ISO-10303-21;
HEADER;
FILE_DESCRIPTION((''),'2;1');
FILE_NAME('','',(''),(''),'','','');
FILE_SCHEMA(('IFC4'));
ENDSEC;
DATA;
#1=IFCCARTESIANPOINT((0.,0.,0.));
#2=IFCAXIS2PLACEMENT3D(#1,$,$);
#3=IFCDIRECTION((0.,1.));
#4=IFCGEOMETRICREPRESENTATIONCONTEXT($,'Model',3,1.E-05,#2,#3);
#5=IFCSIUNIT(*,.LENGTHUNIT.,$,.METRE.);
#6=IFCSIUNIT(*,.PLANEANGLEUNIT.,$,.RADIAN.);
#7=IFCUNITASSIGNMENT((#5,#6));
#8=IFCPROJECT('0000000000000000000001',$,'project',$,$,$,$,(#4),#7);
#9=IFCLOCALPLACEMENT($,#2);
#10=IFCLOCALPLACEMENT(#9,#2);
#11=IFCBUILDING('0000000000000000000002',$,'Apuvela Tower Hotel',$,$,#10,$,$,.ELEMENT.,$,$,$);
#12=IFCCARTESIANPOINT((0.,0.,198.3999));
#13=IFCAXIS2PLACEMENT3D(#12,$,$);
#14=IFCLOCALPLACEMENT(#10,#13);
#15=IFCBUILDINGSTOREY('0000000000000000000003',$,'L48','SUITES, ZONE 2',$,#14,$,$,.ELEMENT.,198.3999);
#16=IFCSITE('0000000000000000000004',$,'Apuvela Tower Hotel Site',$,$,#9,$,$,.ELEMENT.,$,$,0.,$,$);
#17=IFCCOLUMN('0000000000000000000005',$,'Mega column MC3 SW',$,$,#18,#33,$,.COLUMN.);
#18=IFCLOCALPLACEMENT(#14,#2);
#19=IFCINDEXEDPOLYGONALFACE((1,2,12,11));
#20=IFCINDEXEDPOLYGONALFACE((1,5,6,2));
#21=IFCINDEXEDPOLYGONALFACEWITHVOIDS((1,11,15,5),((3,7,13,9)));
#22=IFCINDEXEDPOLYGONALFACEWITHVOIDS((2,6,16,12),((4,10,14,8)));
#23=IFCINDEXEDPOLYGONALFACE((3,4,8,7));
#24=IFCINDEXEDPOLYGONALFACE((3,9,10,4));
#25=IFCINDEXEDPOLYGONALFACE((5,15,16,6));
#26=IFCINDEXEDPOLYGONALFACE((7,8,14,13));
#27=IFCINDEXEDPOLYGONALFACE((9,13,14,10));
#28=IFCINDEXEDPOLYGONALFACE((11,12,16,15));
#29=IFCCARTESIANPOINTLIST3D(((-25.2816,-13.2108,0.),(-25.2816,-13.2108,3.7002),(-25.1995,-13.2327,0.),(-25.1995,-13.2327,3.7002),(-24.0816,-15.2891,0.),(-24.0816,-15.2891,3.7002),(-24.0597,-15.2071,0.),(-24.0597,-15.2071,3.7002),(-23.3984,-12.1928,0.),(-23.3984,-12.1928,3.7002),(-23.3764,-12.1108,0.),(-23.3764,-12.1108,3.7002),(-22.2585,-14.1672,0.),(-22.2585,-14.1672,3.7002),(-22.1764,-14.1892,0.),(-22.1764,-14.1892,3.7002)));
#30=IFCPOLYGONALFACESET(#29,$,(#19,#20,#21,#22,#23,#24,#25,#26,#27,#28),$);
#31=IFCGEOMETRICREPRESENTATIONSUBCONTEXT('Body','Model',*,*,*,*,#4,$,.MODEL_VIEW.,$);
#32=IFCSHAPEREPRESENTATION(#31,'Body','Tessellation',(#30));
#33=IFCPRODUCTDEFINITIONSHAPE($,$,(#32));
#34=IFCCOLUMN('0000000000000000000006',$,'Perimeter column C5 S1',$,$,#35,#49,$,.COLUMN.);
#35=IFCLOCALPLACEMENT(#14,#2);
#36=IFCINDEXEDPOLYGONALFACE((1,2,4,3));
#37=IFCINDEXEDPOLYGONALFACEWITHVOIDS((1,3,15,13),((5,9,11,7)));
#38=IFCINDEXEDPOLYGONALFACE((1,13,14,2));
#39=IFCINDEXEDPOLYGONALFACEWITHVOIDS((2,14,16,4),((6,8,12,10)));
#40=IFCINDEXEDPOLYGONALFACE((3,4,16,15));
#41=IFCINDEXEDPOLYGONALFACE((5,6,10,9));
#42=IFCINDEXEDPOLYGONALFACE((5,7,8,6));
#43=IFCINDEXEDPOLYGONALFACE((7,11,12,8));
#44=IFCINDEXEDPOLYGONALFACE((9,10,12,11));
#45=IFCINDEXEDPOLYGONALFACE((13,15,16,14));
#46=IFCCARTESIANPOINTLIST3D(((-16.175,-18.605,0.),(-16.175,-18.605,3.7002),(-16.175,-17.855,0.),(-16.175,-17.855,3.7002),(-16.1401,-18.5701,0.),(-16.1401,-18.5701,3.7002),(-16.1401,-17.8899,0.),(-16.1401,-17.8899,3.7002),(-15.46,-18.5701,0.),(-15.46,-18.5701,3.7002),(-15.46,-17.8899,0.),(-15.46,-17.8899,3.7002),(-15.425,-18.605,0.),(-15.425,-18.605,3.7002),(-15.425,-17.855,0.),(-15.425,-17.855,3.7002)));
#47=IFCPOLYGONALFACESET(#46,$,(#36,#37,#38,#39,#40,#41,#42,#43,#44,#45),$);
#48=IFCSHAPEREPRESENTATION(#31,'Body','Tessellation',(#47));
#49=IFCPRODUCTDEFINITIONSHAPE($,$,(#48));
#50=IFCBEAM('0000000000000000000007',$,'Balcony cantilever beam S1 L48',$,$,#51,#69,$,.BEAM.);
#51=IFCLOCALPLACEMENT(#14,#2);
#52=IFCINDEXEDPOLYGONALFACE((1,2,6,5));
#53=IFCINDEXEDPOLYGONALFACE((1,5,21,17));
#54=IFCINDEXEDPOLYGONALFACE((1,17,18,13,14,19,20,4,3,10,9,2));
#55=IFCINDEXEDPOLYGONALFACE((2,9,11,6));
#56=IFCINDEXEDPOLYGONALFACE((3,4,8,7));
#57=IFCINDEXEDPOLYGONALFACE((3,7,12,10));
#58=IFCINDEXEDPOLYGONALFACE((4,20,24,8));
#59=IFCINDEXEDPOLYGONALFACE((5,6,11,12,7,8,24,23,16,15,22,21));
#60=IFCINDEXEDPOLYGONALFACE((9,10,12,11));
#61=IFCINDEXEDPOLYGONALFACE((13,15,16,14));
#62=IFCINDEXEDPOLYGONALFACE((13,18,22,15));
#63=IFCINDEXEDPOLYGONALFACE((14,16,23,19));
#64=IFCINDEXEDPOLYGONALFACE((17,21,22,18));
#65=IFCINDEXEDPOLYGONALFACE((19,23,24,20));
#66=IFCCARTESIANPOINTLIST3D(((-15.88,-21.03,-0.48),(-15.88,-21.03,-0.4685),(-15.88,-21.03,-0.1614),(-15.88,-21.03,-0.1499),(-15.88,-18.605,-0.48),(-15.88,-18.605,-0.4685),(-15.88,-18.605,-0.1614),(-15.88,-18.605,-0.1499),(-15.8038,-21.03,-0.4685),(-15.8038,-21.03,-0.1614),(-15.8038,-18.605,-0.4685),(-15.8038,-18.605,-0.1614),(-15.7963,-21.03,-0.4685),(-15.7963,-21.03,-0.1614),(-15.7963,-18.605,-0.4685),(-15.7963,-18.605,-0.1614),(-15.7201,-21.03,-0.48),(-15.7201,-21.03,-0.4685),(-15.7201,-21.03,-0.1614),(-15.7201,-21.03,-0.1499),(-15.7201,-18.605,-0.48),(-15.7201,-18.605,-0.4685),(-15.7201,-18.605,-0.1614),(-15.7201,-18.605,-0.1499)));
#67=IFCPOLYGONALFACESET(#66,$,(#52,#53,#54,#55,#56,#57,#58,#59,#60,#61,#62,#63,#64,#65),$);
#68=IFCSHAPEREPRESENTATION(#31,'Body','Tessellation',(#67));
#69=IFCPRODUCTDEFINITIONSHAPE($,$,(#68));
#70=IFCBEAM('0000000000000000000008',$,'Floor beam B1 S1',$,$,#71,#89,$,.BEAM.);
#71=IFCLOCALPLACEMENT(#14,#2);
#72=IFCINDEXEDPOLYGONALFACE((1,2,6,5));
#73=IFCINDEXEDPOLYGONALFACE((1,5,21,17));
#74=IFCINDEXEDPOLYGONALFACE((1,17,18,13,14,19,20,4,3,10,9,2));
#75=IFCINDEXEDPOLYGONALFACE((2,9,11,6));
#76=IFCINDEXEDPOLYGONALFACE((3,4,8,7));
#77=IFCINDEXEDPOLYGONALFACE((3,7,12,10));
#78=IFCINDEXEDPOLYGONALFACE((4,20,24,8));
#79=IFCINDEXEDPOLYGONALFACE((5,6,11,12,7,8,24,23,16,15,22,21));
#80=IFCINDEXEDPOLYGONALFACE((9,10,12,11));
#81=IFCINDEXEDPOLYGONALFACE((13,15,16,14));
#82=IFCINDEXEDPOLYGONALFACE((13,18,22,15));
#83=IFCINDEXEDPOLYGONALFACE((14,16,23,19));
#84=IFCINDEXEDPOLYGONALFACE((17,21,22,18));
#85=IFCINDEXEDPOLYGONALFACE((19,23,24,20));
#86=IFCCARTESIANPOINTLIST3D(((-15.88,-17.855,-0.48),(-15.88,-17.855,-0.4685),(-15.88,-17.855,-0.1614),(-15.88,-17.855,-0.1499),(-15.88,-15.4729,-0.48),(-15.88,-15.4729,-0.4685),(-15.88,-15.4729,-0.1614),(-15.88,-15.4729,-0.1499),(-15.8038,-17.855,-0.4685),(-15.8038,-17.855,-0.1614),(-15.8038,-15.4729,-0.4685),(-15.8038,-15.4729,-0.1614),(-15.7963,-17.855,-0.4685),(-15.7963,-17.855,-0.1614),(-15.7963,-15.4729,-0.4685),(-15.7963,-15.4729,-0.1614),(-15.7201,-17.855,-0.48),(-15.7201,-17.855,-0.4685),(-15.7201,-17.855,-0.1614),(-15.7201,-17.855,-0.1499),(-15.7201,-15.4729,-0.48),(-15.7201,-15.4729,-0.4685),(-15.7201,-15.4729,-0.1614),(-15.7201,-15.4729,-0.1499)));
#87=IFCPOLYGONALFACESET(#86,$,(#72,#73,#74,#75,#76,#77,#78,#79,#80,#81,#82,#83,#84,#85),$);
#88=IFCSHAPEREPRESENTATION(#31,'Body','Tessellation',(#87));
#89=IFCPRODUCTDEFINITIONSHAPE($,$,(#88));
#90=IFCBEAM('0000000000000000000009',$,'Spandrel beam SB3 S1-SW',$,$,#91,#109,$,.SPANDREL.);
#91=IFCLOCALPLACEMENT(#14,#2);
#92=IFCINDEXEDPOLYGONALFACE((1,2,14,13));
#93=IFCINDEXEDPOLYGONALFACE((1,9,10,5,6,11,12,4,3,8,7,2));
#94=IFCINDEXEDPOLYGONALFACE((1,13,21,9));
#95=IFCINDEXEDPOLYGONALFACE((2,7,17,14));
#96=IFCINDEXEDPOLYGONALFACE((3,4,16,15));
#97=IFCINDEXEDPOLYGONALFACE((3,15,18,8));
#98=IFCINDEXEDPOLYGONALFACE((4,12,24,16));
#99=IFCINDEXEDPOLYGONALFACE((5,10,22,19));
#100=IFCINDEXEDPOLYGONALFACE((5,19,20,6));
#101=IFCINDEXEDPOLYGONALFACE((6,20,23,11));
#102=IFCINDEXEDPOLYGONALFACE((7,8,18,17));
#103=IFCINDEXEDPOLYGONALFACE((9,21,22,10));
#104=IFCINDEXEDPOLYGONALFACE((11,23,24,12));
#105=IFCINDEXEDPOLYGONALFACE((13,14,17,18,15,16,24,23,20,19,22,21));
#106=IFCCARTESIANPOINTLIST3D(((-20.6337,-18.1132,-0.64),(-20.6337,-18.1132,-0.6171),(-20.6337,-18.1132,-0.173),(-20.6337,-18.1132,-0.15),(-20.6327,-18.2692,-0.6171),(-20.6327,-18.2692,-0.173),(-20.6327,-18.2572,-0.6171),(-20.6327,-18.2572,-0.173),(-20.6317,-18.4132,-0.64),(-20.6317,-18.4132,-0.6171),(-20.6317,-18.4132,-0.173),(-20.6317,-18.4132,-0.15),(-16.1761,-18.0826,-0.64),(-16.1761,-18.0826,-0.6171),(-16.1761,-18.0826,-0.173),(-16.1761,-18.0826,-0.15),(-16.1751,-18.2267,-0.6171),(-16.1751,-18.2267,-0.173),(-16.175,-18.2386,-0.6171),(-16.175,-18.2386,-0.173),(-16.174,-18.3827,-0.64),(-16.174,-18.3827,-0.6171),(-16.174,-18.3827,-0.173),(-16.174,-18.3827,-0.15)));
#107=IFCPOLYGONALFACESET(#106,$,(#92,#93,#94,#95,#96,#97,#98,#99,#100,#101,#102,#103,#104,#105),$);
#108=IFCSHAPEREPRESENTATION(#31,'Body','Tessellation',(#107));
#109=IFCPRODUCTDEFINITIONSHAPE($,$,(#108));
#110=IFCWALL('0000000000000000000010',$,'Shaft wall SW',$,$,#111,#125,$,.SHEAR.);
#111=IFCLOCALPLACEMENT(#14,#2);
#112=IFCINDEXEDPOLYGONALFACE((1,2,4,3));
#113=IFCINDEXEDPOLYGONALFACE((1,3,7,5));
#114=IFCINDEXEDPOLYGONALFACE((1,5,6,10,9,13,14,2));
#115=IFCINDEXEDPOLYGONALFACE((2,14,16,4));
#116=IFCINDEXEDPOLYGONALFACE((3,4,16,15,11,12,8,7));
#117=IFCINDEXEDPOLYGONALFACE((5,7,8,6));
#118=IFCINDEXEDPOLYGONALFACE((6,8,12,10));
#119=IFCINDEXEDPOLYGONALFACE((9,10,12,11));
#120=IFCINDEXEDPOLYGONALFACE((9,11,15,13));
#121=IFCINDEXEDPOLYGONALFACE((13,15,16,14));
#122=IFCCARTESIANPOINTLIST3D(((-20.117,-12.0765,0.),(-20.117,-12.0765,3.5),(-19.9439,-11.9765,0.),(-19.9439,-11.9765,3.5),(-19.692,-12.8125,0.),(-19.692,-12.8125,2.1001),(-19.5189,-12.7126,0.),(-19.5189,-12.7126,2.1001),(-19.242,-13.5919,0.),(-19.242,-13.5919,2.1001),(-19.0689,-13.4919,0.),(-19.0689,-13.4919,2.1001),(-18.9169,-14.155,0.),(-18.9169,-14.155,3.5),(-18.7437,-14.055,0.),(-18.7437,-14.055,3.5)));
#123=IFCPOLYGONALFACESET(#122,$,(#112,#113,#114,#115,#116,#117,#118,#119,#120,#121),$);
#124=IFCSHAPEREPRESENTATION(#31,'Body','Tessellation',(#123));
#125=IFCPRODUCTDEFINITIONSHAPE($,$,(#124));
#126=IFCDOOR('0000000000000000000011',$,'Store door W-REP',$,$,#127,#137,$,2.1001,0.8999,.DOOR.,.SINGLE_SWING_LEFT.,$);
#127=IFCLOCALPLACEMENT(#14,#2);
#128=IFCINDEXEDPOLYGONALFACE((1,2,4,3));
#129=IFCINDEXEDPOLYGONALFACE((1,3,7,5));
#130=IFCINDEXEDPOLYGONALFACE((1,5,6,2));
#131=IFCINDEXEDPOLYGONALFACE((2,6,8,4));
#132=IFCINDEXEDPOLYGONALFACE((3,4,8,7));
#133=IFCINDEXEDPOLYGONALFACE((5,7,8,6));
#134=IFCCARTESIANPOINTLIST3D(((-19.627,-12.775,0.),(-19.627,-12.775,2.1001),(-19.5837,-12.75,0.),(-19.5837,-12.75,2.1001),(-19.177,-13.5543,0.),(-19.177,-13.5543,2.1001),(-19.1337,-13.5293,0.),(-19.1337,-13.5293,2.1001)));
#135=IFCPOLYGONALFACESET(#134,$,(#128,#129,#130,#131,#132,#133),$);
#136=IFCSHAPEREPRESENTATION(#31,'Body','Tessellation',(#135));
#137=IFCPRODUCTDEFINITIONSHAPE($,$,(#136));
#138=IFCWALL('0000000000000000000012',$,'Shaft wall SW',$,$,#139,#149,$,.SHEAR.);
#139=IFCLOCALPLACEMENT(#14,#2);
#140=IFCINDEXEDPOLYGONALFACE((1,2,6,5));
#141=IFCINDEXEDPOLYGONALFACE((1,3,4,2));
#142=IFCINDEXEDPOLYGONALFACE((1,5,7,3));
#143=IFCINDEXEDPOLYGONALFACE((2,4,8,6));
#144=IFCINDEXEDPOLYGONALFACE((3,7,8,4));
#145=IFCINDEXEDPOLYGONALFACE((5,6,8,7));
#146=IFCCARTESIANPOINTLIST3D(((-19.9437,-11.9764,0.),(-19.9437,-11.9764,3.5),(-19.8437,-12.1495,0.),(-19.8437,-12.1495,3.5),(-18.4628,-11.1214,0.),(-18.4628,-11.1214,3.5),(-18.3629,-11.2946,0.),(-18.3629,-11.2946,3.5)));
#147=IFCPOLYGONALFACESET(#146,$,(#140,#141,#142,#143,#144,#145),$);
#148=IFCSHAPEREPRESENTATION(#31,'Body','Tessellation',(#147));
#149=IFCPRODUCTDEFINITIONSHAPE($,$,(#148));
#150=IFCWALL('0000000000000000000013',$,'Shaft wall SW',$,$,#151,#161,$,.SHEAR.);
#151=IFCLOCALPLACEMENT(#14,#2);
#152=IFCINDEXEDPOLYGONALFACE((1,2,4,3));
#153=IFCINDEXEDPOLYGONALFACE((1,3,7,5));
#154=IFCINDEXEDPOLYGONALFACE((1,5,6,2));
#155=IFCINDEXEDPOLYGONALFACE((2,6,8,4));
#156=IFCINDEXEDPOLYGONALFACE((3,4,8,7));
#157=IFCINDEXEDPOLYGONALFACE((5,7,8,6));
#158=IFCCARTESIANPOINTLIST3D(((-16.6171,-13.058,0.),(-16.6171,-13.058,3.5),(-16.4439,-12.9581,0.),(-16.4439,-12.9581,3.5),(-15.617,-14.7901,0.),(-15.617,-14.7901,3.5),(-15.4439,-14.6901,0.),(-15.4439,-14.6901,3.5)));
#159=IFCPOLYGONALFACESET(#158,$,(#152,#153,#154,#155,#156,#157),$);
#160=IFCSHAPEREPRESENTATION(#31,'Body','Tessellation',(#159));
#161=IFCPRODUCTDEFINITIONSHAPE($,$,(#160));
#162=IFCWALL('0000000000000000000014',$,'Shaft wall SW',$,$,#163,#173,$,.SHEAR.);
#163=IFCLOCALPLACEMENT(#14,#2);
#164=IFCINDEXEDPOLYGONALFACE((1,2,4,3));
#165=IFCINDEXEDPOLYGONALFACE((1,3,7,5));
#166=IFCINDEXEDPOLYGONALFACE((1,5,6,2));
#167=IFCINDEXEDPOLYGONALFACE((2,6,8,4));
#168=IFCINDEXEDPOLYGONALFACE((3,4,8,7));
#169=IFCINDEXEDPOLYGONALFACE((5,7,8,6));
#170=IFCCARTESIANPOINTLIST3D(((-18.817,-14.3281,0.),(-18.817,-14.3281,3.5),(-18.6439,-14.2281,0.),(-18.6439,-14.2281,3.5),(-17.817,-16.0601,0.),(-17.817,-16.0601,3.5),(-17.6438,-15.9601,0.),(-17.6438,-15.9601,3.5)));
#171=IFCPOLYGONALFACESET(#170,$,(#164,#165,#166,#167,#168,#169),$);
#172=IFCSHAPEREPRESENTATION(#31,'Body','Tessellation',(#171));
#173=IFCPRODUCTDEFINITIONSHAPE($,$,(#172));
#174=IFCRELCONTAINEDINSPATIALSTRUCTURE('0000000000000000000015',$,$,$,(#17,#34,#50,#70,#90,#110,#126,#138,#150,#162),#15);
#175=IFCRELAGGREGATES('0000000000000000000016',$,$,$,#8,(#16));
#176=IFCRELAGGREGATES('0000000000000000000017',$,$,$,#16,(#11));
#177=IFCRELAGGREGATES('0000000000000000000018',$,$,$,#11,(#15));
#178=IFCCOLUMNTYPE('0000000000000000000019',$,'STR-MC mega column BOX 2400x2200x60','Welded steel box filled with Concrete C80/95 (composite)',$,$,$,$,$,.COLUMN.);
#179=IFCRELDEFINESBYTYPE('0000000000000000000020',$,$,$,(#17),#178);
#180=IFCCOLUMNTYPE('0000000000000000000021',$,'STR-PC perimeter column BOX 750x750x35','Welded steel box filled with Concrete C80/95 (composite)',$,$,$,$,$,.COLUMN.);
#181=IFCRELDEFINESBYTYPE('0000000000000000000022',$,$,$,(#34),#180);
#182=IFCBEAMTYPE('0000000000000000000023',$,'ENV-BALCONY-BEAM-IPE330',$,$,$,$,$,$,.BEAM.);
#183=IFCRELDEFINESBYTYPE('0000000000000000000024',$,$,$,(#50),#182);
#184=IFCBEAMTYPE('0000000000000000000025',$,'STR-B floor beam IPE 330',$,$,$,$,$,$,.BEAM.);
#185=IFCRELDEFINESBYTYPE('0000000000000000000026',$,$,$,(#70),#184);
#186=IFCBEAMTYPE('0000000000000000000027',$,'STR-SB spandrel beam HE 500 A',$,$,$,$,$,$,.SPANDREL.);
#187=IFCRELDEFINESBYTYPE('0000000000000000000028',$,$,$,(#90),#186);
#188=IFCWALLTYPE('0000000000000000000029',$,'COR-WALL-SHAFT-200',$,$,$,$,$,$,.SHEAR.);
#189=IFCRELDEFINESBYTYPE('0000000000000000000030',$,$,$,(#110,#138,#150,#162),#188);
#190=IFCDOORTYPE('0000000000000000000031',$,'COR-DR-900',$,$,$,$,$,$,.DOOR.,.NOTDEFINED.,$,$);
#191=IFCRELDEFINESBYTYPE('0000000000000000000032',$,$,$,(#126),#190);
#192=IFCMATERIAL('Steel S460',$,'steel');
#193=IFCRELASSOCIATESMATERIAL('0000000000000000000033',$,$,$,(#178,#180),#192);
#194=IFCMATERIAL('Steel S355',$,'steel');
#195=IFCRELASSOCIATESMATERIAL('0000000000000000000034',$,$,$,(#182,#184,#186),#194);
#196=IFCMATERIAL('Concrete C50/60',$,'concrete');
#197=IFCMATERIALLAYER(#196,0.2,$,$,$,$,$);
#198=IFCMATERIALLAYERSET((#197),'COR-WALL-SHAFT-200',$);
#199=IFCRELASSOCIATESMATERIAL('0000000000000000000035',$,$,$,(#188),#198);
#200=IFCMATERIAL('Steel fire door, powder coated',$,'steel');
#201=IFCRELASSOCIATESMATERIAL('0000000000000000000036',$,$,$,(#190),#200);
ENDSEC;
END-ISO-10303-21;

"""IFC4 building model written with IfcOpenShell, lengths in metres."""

from ifc_helpers import new_model, si_unit, direction, frame, frame_2d, origin, origin_2d, place, context, subcontext, project, spatial, rectangle, hollow_rectangle, i_section, extrude, material, layer, layer_set, material_profile, profile_set, type_object, element, fill, save


model = new_model("IFC4")

# Units and contexts
model_context = context("Model", 3, precision=1e-05, world=origin(), true_north=direction((0.0, 1.0)))
body_context = subcontext(model_context, "Body", "Model", "MODEL_VIEW")
ifc_project = project(units=[si_unit("LENGTHUNIT", "METRE"), si_unit("PLANEANGLEUNIT", "RADIAN")], contexts=[model_context])

# Site, building, storey
site_placement = place(None, origin())
site = spatial("IfcSite", under=ifc_project, at=site_placement, Name="Apuvela Tower Hotel Site", CompositionType="ELEMENT", RefElevation=0.0)
building_placement = place(site_placement, origin())
building = spatial("IfcBuilding", under=site, at=building_placement, Name="Apuvela Tower Hotel", CompositionType="ELEMENT")
storey_placement = place(building_placement, frame((0.0, 0.0, 198.3999)))
storey = spatial("IfcBuildingStorey", under=building, at=storey_placement, Name="L48", Description="SUITES, ZONE 2", CompositionType="ELEMENT", Elevation=198.3999)

# Columns
ifc_material_1 = material(Name="Steel S460", Category="steel")
ifc_material_profile_1 = material_profile(ifc_material_1, hollow_rectangle(XDim=2.3999, YDim=2.2, WallThickness=0.0601, at=origin_2d()), Name="BOX 2400x2200x60")
ifc_material_2 = material(Name="Concrete C80/95", Category="concrete")
ifc_material_profile_2 = material_profile(ifc_material_2, rectangle(XDim=2.28, YDim=2.0801, at=origin_2d()), Name="Concrete C80/95 infill")
ifc_profile_set_1 = profile_set([ifc_material_profile_1, ifc_material_profile_2], Name="Steel S460")
column_type_1 = type_object("IfcColumnType", Name="STR-MC mega column BOX 2400x2200x60", Description="Welded steel box filled with Concrete C80/95 (composite)", PredefinedType="COLUMN", material=ifc_profile_set_1)
column_1_placement = place(storey_placement, frame((-23.729, -13.7, 0.0), z_axis=(0.0, 0.0, 1.0), x_axis=(-0.5, 0.866025, 0.0)))
element("IfcColumn", 1, at=column_1_placement, inside=storey, type_object=column_type_1, Name="Mega column MC3 SW", PredefinedType="COLUMN", context=body_context, shape_type="SweptSolid", body=[
    extrude(hollow_rectangle(XDim=2.3999, YDim=2.2, WallThickness=0.0601, at=origin_2d()), origin(), (0.0, 0.0, 1.0), 3.7002),
])
ifc_material_profile_3 = material_profile(ifc_material_1, hollow_rectangle(XDim=0.75, YDim=0.75, WallThickness=0.0349, at=origin_2d()), Name="BOX 750x750x35")
ifc_material_profile_4 = material_profile(ifc_material_2, rectangle(XDim=0.6799, YDim=0.6799, at=origin_2d()), Name="Concrete C80/95 infill")
ifc_profile_set_2 = profile_set([ifc_material_profile_3, ifc_material_profile_4], Name="Steel S460")
column_type_2 = type_object("IfcColumnType", Name="STR-PC perimeter column BOX 750x750x35", Description="Welded steel box filled with Concrete C80/95 (composite)", PredefinedType="COLUMN", material=ifc_profile_set_2)
column_2_placement = place(storey_placement, frame((-15.8, -18.23, 0.0), z_axis=(0.0, 0.0, 1.0), x_axis=(-1.0, 0.0, 0.0)))
element("IfcColumn", 2, at=column_2_placement, inside=storey, type_object=column_type_2, Name="Perimeter column C5 S1", PredefinedType="COLUMN", context=body_context, shape_type="SweptSolid", body=[
    extrude(hollow_rectangle(XDim=0.75, YDim=0.75, WallThickness=0.0349, at=origin_2d()), origin(), (0.0, 0.0, 1.0), 3.7002),
])

# Beams
ifc_material_3 = material(Name="Steel S355", Category="steel")
ifc_material_profile_5 = material_profile(ifc_material_3, i_section(OverallWidth=0.1599, OverallDepth=0.3301, WebThickness=0.0076, FlangeThickness=0.0115, at=origin_2d()), Name="IPE 330")
ifc_profile_set_3 = profile_set([ifc_material_profile_5], Name="Steel S355")
beam_type_1 = type_object("IfcBeamType", Name="ENV-BALCONY-BEAM-IPE330", PredefinedType="BEAM", material=ifc_profile_set_3)
beam_1_placement = place(storey_placement, frame((-15.8, -18.605, -0.3149), z_axis=(0.0, -1.0, 0.0), x_axis=(1.0, 0.0, 0.0)))
element("IfcBeam", 3, at=beam_1_placement, inside=storey, type_object=beam_type_1, Name="Balcony cantilever beam S1 L48", PredefinedType="BEAM", context=body_context, shape_type="SweptSolid", body=[
    extrude(i_section(OverallWidth=0.1599, OverallDepth=0.3301, WebThickness=0.0076, FlangeThickness=0.0115, at=origin_2d()), origin(), (0.0, 0.0, 1.0), 2.425),
])
ifc_material_profile_6 = material_profile(ifc_material_3, i_section(OverallWidth=0.1599, OverallDepth=0.3301, WebThickness=0.0076, FlangeThickness=0.0115, at=origin_2d()), Name="IPE 330")
ifc_profile_set_4 = profile_set([ifc_material_profile_6], Name="Steel S355")
beam_type_2 = type_object("IfcBeamType", Name="STR-B floor beam IPE 330", PredefinedType="BEAM", material=ifc_profile_set_4)
beam_2_placement = place(storey_placement, frame((-15.8, -17.855, -0.3149), z_axis=(0.0, 1.0, 0.0), x_axis=(-1.0, 0.0, 0.0)))
element("IfcBeam", 4, at=beam_2_placement, inside=storey, type_object=beam_type_2, Name="Floor beam B1 S1", PredefinedType="BEAM", context=body_context, shape_type="SweptSolid", body=[
    extrude(i_section(OverallWidth=0.1599, OverallDepth=0.3301, WebThickness=0.0076, FlangeThickness=0.0115, at=origin_2d()), origin(), (0.0, 0.0, 1.0), 2.3821),
])
ifc_material_profile_7 = material_profile(ifc_material_3, i_section(OverallWidth=0.3, OverallDepth=0.49, WebThickness=0.012, FlangeThickness=0.0229, at=origin_2d()), Name="HE 500 A")
ifc_profile_set_5 = profile_set([ifc_material_profile_7], Name="Steel S355")
beam_type_3 = type_object("IfcBeamType", Name="STR-SB spandrel beam HE 500 A", PredefinedType="SPANDREL", material=ifc_profile_set_5)
beam_3_placement = place(storey_placement, frame((-16.175, -18.2327, -0.395), z_axis=(-0.999977, -0.006846, 0.0), x_axis=(0.006846, -0.999977, 0.0)))
element("IfcBeam", 5, at=beam_3_placement, inside=storey, type_object=beam_type_3, Name="Spandrel beam SB3 S1-SW", PredefinedType="SPANDREL", context=body_context, shape_type="SweptSolid", body=[
    extrude(i_section(OverallWidth=0.3, OverallDepth=0.49, WebThickness=0.012, FlangeThickness=0.0229, at=origin_2d()), origin(), (0.0, 0.0, 1.0), 4.4578),
])

# Wall, opening, door
ifc_material_4 = material(Name="Concrete C50/60", Category="concrete")
ifc_layer_1 = layer(ifc_material_4, 0.2)
ifc_layer_set_1 = layer_set([ifc_layer_1], Name="COR-WALL-SHAFT-200")
wall_type_1 = type_object("IfcWallType", Name="COR-WALL-SHAFT-200", PredefinedType="SHEAR", material=ifc_layer_set_1)
wall_1_placement = place(storey_placement, frame((-20.0305, -12.0264, 0.0), z_axis=(0.0, 0.0, 1.0), x_axis=(0.500034, -0.866006, 0.0)))
wall_1 = element("IfcWall", 6, at=wall_1_placement, inside=storey, type_object=wall_type_1, Name="Shaft wall SW", PredefinedType="SHEAR", context=body_context, shape_type="SweptSolid", body=[
    extrude(rectangle(XDim=2.4001, YDim=0.2, at=frame_2d((1.2002, 0.0))), origin(), (0.0, 0.0, 1.0), 3.5),
])
opening_1_placement = place(wall_1_placement, frame((0.8501, 0.0, 0.0)))
opening_1 = element("IfcOpeningElement", 7, at=opening_1_placement, cuts=wall_1, PredefinedType="OPENING", context=body_context, shape_type="SweptSolid", body=[
    extrude(rectangle(XDim=0.8999, YDim=2.1001, at=frame_2d((0.45, 1.05))), frame((0.0, 0.1099, 0.0), z_axis=(0.0, -1.0, 0.0), x_axis=(1.0, 0.0, 0.0)), (0.0, 0.0, 1.0), 0.22),
])
ifc_material_5 = material(Name="Steel fire door, powder coated", Category="steel")
door_type_1 = type_object("IfcDoorType", Name="COR-DR-900", OperationType="NOTDEFINED", PredefinedType="DOOR", material=ifc_material_5)
door_1_placement = place(opening_1_placement, frame((0.8999, 0.0, 0.0), z_axis=(0.0, 0.0, 1.0), x_axis=(-1.0, 0.0, 0.0)))
door_1 = element("IfcDoor", 8, at=door_1_placement, inside=storey, type_object=door_type_1, Name="Store door W-REP", OperationType="SINGLE_SWING_LEFT", OverallHeight=2.1001, OverallWidth=0.8999, PredefinedType="DOOR", context=body_context, shape_type="SweptSolid", body=[
    extrude(rectangle(XDim=0.8999, YDim=2.1001, at=frame_2d((0.45, 1.05))), frame((0.0, 0.0249, 0.0), z_axis=(0.0, -1.0, 0.0), x_axis=(1.0, 0.0, 0.0)), (0.0, 0.0, 1.0), 0.05),
])
fill(opening_1, door_1)

# Walls
wall_2_placement = place(storey_placement, frame((-18.4128, -11.208, 0.0), z_axis=(0.0, 0.0, 1.0), x_axis=(-0.866038, -0.499978, 0.0)))
element("IfcWall", 9, at=wall_2_placement, inside=storey, type_object=wall_type_1, Name="Shaft wall SW", PredefinedType="SHEAR", context=body_context, shape_type="SweptSolid", body=[
    extrude(rectangle(XDim=1.71, YDim=0.2, at=frame_2d((0.855, 0.0))), origin(), (0.0, 0.0, 1.0), 3.5),
])
for number, where, z_axis, x_axis, name in (
    (10, (-16.5305, -13.0081, 0.0), (0.0, 0.0, 1.0), (0.500025, -0.866011, 0.0), "Shaft wall SW"),
    (11, (-18.7305, -14.2781, 0.0), (0.0, 0.0, 1.0), (0.500025, -0.866011, 0.0), "Shaft wall SW"),
):
    element("IfcWall", number, at=place(storey_placement, frame(where, z_axis=z_axis, x_axis=x_axis)), inside=storey, type_object=wall_type_1, Name=name, PredefinedType="SHEAR", context=body_context, shape_type="SweptSolid", body=[
        extrude(rectangle(XDim=2.0, YDim=0.2, at=frame_2d((1.0, 0.0))), origin(), (0.0, 0.0, 1.0), 3.5),
    ])

save(model, "model.ifc")
